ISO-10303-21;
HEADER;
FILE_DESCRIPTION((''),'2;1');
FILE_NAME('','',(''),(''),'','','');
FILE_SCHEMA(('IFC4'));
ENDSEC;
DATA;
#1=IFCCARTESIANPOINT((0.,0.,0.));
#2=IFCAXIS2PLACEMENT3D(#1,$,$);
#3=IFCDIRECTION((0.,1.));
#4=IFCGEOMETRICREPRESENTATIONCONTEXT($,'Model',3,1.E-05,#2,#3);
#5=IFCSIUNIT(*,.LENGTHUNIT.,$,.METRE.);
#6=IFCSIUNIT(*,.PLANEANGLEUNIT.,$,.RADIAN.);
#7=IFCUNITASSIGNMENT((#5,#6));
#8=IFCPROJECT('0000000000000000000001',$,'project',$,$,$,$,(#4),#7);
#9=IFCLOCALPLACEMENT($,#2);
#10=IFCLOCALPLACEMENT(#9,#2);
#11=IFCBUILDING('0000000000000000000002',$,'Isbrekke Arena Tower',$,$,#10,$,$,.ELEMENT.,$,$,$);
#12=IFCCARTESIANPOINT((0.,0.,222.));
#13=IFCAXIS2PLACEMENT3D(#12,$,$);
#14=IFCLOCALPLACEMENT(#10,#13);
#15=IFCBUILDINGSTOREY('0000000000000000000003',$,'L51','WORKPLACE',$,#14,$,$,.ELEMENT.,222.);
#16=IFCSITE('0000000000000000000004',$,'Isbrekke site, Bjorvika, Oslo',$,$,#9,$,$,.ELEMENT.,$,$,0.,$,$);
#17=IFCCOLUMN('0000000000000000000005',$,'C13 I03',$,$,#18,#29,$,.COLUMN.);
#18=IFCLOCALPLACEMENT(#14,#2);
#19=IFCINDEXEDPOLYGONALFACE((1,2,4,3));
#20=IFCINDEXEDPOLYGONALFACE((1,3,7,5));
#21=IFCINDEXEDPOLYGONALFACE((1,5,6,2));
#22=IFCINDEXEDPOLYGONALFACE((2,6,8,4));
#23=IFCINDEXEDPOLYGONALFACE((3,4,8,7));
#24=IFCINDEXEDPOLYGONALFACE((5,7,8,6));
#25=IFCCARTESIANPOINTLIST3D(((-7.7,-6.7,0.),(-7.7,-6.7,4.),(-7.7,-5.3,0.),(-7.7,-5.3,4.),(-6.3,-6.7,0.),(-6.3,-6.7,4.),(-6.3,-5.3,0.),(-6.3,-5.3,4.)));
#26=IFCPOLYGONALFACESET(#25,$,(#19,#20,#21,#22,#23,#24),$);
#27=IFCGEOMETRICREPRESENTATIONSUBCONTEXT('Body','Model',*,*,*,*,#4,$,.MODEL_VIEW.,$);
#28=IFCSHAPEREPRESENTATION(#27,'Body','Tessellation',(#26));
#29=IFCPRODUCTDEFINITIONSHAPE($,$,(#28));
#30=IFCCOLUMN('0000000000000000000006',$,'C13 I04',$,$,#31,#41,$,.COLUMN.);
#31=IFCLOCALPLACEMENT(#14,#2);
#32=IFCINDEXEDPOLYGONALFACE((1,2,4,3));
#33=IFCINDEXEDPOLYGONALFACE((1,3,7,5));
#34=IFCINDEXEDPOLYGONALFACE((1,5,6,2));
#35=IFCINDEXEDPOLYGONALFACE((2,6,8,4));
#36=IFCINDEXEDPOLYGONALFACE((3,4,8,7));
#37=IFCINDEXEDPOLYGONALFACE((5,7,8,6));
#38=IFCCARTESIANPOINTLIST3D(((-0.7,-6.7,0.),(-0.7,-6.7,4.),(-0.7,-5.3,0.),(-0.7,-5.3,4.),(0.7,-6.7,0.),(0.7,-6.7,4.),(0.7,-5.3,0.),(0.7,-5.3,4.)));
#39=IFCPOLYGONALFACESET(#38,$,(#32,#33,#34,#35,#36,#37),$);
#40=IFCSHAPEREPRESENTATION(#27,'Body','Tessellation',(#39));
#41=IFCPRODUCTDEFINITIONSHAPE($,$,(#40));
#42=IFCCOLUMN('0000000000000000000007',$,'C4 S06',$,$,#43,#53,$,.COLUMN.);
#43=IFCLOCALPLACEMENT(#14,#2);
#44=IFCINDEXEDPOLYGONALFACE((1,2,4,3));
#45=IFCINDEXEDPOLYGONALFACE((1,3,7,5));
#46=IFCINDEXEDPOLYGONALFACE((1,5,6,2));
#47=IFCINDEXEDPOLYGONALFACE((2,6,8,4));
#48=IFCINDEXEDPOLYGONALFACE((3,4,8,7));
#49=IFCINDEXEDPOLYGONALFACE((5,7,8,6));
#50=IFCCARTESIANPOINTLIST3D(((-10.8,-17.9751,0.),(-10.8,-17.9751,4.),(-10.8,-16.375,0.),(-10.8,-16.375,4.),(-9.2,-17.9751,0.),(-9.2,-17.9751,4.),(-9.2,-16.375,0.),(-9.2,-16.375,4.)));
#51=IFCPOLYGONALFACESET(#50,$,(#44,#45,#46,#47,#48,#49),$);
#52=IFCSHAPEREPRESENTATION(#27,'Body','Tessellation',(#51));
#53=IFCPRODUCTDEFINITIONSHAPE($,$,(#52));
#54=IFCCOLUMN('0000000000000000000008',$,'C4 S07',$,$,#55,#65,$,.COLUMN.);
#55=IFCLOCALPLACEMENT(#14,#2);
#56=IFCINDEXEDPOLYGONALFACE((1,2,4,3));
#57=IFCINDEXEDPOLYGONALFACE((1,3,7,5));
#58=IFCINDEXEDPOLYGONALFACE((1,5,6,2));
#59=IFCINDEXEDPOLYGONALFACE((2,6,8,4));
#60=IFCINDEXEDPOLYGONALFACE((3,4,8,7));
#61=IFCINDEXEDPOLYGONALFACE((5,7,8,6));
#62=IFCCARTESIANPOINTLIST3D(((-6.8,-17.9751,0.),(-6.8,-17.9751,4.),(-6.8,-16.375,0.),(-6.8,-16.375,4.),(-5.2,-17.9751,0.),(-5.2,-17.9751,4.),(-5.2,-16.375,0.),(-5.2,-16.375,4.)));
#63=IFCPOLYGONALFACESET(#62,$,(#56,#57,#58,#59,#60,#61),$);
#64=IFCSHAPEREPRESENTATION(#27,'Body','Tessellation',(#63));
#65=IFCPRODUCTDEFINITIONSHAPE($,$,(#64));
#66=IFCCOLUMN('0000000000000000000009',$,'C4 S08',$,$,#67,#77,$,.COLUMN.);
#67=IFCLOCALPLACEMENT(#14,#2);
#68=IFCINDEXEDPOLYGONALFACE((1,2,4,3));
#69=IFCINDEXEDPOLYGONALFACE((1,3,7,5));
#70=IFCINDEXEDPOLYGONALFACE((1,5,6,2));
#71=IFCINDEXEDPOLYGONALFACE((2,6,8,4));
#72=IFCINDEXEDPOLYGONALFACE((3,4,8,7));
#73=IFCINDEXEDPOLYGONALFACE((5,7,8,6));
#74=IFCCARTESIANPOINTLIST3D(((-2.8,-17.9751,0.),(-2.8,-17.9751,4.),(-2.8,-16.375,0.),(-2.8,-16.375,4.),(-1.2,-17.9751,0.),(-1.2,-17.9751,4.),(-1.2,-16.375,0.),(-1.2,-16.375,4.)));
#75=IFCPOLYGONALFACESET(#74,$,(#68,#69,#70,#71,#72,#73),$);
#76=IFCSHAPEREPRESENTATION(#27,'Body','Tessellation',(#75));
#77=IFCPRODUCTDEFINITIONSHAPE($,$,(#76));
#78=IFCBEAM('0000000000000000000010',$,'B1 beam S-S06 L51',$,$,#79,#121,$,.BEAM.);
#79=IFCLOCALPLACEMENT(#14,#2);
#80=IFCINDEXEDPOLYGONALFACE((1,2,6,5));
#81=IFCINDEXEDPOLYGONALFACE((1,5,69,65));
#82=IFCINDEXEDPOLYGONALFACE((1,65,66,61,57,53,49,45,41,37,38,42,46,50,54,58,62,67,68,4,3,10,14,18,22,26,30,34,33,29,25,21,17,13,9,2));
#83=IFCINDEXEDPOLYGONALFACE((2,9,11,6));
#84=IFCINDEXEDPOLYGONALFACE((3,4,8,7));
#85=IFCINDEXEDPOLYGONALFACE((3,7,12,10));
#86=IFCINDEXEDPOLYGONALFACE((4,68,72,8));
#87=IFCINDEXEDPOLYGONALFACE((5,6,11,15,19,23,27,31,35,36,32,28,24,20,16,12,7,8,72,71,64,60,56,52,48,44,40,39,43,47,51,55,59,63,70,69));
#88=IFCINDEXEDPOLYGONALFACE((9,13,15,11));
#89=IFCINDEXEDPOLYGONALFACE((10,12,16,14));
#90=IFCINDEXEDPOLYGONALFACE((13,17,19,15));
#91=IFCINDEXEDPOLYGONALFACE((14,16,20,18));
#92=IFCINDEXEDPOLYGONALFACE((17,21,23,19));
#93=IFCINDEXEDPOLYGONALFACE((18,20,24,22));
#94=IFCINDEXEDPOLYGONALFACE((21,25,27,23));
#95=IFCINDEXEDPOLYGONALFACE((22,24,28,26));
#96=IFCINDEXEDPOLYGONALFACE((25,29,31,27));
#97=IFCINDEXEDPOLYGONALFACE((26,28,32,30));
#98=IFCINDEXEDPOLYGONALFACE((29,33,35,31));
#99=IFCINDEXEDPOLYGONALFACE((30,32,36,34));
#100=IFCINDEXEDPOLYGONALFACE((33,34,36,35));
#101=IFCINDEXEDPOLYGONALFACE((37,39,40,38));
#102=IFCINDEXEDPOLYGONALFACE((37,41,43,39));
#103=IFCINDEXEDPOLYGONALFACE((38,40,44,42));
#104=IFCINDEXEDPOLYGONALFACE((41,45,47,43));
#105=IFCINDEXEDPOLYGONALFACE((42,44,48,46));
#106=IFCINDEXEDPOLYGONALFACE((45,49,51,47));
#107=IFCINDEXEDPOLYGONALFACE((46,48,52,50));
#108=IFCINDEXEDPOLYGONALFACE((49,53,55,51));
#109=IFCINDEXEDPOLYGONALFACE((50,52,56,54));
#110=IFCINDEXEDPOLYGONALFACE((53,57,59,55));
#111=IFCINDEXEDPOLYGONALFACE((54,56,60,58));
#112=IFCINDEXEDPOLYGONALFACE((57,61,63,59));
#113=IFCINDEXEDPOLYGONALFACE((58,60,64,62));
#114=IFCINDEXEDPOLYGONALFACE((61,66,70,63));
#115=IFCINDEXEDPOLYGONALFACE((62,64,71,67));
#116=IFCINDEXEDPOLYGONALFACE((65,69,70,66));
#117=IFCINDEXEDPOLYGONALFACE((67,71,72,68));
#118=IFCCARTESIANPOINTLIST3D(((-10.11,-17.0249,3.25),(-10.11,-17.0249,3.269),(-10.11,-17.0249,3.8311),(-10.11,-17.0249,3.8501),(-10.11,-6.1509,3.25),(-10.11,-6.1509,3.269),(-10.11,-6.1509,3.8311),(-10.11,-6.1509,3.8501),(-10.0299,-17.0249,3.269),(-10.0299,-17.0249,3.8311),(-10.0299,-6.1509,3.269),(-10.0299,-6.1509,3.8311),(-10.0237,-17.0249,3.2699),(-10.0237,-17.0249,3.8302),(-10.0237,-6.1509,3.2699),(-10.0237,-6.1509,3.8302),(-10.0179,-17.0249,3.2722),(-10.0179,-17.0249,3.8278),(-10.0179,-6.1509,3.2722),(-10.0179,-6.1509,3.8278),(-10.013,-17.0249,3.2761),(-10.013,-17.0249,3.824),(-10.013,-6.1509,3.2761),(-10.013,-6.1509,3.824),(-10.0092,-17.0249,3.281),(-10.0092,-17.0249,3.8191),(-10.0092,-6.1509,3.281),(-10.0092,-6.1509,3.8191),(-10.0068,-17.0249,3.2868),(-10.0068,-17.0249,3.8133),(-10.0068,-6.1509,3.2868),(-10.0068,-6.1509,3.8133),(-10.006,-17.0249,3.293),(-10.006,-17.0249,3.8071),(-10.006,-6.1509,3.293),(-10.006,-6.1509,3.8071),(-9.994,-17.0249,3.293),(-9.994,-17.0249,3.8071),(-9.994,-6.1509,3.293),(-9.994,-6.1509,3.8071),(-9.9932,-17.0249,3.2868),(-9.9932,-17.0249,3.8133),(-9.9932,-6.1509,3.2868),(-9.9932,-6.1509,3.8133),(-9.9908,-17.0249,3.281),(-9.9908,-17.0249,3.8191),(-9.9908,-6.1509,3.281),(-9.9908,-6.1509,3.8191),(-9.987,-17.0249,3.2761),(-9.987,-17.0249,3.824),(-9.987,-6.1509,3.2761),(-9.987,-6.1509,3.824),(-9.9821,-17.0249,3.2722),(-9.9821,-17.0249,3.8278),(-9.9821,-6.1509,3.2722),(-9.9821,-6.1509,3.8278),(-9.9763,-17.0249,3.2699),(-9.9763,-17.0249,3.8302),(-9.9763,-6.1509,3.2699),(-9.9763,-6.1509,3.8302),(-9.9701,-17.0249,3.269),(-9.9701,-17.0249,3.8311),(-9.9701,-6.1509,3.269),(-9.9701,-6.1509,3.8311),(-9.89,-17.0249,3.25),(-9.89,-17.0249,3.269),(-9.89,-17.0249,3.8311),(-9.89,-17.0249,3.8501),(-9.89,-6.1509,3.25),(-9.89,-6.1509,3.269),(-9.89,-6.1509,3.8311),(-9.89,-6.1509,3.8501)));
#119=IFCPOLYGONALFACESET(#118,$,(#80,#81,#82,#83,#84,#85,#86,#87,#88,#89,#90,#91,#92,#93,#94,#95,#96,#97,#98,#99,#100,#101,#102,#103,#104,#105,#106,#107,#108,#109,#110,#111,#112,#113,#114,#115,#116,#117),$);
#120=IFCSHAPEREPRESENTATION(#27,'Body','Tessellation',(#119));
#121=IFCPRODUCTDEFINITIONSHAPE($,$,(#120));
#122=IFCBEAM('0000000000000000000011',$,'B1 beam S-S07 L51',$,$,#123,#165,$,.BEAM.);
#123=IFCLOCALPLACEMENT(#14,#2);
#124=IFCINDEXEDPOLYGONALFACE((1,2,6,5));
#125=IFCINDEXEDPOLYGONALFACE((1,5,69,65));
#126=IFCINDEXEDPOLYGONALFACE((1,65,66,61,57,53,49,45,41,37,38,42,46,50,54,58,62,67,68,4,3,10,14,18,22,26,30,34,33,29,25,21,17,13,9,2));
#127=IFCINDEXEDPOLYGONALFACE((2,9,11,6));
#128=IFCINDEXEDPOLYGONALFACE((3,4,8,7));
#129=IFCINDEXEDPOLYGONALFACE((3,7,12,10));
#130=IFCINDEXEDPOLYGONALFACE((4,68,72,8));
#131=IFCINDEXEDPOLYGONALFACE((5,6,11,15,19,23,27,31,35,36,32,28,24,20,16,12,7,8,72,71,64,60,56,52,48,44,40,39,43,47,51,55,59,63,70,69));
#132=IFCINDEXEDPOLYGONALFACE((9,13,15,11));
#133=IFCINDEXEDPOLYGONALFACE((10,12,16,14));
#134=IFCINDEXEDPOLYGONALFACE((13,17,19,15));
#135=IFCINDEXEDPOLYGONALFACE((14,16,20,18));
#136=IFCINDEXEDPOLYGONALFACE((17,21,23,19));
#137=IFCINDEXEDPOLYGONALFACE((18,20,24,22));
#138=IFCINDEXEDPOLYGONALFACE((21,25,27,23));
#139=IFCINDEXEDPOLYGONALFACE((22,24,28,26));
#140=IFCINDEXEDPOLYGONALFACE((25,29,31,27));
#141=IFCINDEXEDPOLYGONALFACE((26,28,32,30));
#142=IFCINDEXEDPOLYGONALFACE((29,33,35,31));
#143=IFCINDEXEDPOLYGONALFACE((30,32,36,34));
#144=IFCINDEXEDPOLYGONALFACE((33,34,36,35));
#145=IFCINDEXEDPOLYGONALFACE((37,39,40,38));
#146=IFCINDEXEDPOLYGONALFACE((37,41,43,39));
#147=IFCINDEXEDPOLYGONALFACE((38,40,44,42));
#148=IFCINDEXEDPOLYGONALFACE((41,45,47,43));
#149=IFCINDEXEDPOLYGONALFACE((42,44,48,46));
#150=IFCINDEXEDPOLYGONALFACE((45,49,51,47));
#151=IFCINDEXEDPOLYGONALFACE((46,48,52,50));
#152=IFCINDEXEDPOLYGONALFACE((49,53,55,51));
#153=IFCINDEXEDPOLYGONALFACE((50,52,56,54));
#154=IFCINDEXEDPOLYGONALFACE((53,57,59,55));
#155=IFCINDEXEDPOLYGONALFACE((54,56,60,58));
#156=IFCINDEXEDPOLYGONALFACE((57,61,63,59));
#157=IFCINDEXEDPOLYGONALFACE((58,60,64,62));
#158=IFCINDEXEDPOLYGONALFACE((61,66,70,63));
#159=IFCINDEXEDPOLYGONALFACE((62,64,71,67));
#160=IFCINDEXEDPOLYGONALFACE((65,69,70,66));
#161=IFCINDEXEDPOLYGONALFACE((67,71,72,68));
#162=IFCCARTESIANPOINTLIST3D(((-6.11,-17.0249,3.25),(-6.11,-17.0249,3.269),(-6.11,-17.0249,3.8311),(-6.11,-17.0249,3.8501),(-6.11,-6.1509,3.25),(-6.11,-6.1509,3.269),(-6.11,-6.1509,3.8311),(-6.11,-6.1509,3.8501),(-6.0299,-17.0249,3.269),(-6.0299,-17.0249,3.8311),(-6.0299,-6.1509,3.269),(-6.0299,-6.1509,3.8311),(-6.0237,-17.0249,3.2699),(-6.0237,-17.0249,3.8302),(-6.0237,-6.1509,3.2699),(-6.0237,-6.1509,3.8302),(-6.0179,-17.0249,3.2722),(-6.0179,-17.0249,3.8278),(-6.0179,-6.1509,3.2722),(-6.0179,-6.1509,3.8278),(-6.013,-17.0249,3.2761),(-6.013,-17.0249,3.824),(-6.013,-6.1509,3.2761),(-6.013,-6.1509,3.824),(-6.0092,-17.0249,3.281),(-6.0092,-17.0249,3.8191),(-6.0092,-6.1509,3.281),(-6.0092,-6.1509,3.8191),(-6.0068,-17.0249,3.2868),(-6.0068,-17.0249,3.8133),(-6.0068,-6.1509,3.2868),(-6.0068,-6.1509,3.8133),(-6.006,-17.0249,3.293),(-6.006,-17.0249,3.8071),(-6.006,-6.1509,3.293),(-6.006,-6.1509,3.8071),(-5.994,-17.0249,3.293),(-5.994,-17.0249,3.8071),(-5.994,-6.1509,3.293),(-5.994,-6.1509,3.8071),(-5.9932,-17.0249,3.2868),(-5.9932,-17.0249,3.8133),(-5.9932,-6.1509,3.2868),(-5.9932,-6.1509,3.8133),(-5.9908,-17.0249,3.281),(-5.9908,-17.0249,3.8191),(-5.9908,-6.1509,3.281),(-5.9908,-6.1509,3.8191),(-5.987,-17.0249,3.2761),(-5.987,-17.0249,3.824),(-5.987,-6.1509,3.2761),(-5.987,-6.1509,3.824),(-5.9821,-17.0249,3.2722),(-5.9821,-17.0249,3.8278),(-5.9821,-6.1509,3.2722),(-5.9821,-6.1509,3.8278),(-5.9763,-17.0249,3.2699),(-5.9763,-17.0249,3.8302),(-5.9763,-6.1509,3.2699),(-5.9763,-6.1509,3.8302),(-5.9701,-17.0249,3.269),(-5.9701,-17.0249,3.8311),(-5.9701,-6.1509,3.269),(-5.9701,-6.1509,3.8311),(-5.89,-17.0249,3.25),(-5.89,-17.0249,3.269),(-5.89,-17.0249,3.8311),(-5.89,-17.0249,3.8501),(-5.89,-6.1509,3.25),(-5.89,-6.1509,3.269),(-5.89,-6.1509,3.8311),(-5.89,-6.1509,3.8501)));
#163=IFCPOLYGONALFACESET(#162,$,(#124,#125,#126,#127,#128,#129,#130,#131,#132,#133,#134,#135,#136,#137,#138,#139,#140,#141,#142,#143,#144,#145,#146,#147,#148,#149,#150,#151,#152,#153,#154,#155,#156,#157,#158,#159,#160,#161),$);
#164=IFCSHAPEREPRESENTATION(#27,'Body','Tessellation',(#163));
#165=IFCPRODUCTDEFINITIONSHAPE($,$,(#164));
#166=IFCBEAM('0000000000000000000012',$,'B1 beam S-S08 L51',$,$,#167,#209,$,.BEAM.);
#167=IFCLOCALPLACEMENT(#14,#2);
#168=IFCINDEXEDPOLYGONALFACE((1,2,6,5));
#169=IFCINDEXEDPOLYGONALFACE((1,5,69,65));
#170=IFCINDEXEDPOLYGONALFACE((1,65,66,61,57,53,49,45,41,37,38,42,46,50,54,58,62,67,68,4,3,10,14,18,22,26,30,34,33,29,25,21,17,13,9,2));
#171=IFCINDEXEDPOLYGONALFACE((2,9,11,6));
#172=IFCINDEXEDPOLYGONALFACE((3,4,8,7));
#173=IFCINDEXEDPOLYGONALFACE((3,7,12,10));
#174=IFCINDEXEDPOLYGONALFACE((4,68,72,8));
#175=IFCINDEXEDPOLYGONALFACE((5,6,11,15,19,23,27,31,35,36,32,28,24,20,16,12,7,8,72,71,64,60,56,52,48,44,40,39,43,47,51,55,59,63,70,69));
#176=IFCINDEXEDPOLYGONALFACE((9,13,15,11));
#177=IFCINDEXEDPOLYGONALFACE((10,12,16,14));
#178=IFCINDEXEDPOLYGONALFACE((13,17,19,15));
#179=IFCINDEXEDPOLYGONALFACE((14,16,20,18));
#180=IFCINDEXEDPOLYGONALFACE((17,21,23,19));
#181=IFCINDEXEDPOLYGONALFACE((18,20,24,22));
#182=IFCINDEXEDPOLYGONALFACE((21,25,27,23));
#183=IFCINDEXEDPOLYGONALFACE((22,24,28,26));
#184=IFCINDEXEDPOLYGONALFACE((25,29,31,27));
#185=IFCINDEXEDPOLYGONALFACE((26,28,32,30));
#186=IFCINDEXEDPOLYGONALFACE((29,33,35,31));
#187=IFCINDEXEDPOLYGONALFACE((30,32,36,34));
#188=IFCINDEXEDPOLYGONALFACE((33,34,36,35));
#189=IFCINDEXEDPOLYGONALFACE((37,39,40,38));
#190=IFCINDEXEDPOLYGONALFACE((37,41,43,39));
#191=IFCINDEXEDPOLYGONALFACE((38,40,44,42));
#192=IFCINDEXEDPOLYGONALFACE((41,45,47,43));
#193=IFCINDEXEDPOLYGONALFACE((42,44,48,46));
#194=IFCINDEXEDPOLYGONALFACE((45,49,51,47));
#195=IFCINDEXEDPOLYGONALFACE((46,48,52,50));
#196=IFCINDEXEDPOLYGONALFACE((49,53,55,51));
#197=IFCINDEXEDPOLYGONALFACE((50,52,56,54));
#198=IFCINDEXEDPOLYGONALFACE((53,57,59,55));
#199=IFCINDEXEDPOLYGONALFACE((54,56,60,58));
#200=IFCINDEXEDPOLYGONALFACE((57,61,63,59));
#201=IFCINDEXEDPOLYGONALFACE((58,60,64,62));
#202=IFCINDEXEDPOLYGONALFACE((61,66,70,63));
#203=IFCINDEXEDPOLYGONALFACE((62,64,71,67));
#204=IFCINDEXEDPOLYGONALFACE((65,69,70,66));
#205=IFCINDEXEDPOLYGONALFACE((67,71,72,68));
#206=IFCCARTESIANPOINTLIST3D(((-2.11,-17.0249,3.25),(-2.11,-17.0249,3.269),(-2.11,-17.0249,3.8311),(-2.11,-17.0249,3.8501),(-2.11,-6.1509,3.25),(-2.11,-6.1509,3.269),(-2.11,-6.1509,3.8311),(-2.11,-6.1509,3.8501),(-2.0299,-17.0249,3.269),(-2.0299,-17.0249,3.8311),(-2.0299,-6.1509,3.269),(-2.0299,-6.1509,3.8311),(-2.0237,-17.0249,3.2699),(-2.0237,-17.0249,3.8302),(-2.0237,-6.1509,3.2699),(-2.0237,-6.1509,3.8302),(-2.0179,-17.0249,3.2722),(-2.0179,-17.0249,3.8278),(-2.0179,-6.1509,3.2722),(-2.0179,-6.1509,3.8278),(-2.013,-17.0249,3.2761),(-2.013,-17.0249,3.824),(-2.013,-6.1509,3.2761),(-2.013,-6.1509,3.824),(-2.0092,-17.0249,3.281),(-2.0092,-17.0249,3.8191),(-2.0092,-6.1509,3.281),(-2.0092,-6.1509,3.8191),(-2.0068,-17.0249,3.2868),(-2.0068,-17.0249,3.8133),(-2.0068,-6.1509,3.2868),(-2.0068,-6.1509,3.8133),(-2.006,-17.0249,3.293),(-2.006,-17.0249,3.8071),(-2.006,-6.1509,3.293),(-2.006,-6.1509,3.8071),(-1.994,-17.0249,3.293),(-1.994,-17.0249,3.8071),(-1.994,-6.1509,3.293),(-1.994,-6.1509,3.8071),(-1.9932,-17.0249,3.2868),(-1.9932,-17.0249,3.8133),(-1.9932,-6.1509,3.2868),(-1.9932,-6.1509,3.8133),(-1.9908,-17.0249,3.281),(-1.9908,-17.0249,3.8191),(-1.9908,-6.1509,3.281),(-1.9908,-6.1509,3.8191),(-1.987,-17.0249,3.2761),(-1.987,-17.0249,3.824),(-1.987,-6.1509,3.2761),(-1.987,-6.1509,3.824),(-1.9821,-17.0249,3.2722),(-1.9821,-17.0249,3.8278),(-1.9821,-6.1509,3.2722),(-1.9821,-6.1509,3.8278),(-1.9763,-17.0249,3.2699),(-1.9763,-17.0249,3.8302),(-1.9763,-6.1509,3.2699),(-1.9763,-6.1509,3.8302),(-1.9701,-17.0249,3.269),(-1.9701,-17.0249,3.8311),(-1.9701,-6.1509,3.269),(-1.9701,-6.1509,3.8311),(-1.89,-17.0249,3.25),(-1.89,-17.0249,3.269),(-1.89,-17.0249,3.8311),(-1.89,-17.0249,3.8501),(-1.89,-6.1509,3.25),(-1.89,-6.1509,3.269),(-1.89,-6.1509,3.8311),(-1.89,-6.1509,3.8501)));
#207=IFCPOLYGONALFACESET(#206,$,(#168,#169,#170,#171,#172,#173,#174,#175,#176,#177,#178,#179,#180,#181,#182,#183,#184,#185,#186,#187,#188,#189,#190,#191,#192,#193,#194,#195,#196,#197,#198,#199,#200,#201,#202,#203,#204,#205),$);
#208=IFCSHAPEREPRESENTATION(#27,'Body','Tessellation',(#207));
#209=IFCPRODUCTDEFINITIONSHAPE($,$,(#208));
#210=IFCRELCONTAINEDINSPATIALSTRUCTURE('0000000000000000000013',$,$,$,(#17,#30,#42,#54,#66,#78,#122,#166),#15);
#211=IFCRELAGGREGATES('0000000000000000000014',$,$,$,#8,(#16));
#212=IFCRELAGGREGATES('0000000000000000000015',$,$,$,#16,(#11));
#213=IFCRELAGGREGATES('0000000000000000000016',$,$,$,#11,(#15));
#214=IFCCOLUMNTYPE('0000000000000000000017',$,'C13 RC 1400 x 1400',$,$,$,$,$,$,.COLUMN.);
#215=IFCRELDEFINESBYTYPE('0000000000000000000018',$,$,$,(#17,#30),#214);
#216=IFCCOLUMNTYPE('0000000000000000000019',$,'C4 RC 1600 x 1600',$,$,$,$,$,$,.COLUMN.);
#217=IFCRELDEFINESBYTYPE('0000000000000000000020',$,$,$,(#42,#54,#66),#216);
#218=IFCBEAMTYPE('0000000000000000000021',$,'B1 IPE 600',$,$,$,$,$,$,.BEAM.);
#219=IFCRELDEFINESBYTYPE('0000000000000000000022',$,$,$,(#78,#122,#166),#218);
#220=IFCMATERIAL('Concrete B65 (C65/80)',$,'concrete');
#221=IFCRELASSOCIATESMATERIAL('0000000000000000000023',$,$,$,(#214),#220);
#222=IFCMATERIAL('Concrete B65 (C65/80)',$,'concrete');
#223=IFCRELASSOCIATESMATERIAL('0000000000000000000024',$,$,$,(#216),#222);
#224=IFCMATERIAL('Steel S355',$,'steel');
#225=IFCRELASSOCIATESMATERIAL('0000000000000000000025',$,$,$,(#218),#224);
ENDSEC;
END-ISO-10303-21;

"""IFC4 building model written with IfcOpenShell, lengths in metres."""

from ifc_helpers import new_model, si_unit, direction, frame, origin, origin_2d, place, context, subcontext, project, spatial, rectangle, i_section, extrude, material, material_profile, profile_set, type_object, element, save


model = new_model("IFC4")

# Units and contexts
model_context = context("Model", 3, precision=1e-05, world=origin(), true_north=direction((0.0, 1.0)))
body_context = subcontext(model_context, "Body", "Model", "MODEL_VIEW")
ifc_project = project(units=[si_unit("LENGTHUNIT", "METRE"), si_unit("PLANEANGLEUNIT", "RADIAN")], contexts=[model_context])

# Site, building, storey
site_placement = place(None, origin())
site = spatial("IfcSite", under=ifc_project, at=site_placement, Name="Isbrekke site, Bjorvika, Oslo", CompositionType="ELEMENT", RefElevation=0.0)
building_placement = place(site_placement, origin())
building = spatial("IfcBuilding", under=site, at=building_placement, Name="Isbrekke Arena Tower", CompositionType="ELEMENT")
storey_placement = place(building_placement, frame((0.0, 0.0, 222.0)))
storey = spatial("IfcBuildingStorey", under=building, at=storey_placement, Name="L51", Description="WORKPLACE", CompositionType="ELEMENT", Elevation=222.0)

# Columns
ifc_material_1 = material(Name="Concrete B65 (C65/80)", Category="concrete")
ifc_material_profile_1 = material_profile(ifc_material_1, rectangle(XDim=1.3999, YDim=1.3999, at=origin_2d()), Name="RC 1400x1400")
ifc_profile_set_1 = profile_set([ifc_material_profile_1], Name="Concrete B65 (C65/80)")
column_type_1 = type_object("IfcColumnType", Name="C13 RC 1400 x 1400", PredefinedType="COLUMN", material=ifc_profile_set_1)
for number, where, z_axis, x_axis, name in (
    (1, (-7.0, -6.0, 0.0), (0.0, 0.0, 1.0), (1.0, 0.0, 0.0), "C13 I03"),
    (2, (0.0, -6.0, 0.0), (0.0, 0.0, 1.0), (1.0, 0.0, 0.0), "C13 I04"),
):
    element("IfcColumn", number, at=place(storey_placement, frame(where, z_axis=z_axis, x_axis=x_axis)), inside=storey, type_object=column_type_1, Name=name, PredefinedType="COLUMN", context=body_context, shape_type="SweptSolid", body=[
        extrude(rectangle(XDim=1.3999, YDim=1.3999, at=origin_2d()), origin(), (0.0, 0.0, 1.0), 4.0),
    ])
ifc_material_2 = material(Name="Concrete B65 (C65/80)", Category="concrete")
ifc_material_profile_2 = material_profile(ifc_material_2, rectangle(XDim=1.6001, YDim=1.6001, at=origin_2d()), Name="RC 1600x1600")
ifc_profile_set_2 = profile_set([ifc_material_profile_2], Name="Concrete B65 (C65/80)")
column_type_2 = type_object("IfcColumnType", Name="C4 RC 1600 x 1600", PredefinedType="COLUMN", material=ifc_profile_set_2)
for number, where, z_axis, x_axis, name in (
    (3, (-10.0, -17.175, 0.0), (0.0, 0.0, 1.0), (1.0, 0.0, 0.0), "C4 S06"),
    (4, (-6.0, -17.175, 0.0), (0.0, 0.0, 1.0), (1.0, 0.0, 0.0), "C4 S07"),
    (5, (-2.0, -17.175, 0.0), (0.0, 0.0, 1.0), (1.0, 0.0, 0.0), "C4 S08"),
):
    element("IfcColumn", number, at=place(storey_placement, frame(where, z_axis=z_axis, x_axis=x_axis)), inside=storey, type_object=column_type_2, Name=name, PredefinedType="COLUMN", context=body_context, shape_type="SweptSolid", body=[
        extrude(rectangle(XDim=1.6001, YDim=1.6001, at=origin_2d()), origin(), (0.0, 0.0, 1.0), 4.0),
    ])

# Beams
ifc_material_3 = material(Name="Steel S355", Category="steel")
ifc_material_profile_3 = material_profile(ifc_material_3, i_section(OverallWidth=0.22, OverallDepth=0.6001, WebThickness=0.012, FlangeThickness=0.019, FilletRadius=0.0239, at=origin_2d()), Name="IPE 600")
ifc_profile_set_3 = profile_set([ifc_material_profile_3], Name="Steel S355")
beam_type_1 = type_object("IfcBeamType", Name="B1 IPE 600", PredefinedType="BEAM", material=ifc_profile_set_3)
for number, where, z_axis, x_axis, name in (
    (6, (-10.0, -17.0249, 3.55), (0.0, 1.0, 0.0), (-1.0, 0.0, 0.0), "B1 beam S-S06 L51"),
    (7, (-6.0, -17.0249, 3.55), (0.0, 1.0, 0.0), (-1.0, 0.0, 0.0), "B1 beam S-S07 L51"),
    (8, (-2.0, -17.0249, 3.55), (0.0, 1.0, 0.0), (-1.0, 0.0, 0.0), "B1 beam S-S08 L51"),
):
    element("IfcBeam", number, at=place(storey_placement, frame(where, z_axis=z_axis, x_axis=x_axis)), inside=storey, type_object=beam_type_1, Name=name, PredefinedType="BEAM", context=body_context, shape_type="SweptSolid", body=[
        extrude(i_section(OverallWidth=0.22, OverallDepth=0.6001, WebThickness=0.012, FlangeThickness=0.019, FilletRadius=0.0239, at=origin_2d()), origin(), (0.0, 0.0, 1.0), 10.874),
    ])

save(model, "model.ifc")
